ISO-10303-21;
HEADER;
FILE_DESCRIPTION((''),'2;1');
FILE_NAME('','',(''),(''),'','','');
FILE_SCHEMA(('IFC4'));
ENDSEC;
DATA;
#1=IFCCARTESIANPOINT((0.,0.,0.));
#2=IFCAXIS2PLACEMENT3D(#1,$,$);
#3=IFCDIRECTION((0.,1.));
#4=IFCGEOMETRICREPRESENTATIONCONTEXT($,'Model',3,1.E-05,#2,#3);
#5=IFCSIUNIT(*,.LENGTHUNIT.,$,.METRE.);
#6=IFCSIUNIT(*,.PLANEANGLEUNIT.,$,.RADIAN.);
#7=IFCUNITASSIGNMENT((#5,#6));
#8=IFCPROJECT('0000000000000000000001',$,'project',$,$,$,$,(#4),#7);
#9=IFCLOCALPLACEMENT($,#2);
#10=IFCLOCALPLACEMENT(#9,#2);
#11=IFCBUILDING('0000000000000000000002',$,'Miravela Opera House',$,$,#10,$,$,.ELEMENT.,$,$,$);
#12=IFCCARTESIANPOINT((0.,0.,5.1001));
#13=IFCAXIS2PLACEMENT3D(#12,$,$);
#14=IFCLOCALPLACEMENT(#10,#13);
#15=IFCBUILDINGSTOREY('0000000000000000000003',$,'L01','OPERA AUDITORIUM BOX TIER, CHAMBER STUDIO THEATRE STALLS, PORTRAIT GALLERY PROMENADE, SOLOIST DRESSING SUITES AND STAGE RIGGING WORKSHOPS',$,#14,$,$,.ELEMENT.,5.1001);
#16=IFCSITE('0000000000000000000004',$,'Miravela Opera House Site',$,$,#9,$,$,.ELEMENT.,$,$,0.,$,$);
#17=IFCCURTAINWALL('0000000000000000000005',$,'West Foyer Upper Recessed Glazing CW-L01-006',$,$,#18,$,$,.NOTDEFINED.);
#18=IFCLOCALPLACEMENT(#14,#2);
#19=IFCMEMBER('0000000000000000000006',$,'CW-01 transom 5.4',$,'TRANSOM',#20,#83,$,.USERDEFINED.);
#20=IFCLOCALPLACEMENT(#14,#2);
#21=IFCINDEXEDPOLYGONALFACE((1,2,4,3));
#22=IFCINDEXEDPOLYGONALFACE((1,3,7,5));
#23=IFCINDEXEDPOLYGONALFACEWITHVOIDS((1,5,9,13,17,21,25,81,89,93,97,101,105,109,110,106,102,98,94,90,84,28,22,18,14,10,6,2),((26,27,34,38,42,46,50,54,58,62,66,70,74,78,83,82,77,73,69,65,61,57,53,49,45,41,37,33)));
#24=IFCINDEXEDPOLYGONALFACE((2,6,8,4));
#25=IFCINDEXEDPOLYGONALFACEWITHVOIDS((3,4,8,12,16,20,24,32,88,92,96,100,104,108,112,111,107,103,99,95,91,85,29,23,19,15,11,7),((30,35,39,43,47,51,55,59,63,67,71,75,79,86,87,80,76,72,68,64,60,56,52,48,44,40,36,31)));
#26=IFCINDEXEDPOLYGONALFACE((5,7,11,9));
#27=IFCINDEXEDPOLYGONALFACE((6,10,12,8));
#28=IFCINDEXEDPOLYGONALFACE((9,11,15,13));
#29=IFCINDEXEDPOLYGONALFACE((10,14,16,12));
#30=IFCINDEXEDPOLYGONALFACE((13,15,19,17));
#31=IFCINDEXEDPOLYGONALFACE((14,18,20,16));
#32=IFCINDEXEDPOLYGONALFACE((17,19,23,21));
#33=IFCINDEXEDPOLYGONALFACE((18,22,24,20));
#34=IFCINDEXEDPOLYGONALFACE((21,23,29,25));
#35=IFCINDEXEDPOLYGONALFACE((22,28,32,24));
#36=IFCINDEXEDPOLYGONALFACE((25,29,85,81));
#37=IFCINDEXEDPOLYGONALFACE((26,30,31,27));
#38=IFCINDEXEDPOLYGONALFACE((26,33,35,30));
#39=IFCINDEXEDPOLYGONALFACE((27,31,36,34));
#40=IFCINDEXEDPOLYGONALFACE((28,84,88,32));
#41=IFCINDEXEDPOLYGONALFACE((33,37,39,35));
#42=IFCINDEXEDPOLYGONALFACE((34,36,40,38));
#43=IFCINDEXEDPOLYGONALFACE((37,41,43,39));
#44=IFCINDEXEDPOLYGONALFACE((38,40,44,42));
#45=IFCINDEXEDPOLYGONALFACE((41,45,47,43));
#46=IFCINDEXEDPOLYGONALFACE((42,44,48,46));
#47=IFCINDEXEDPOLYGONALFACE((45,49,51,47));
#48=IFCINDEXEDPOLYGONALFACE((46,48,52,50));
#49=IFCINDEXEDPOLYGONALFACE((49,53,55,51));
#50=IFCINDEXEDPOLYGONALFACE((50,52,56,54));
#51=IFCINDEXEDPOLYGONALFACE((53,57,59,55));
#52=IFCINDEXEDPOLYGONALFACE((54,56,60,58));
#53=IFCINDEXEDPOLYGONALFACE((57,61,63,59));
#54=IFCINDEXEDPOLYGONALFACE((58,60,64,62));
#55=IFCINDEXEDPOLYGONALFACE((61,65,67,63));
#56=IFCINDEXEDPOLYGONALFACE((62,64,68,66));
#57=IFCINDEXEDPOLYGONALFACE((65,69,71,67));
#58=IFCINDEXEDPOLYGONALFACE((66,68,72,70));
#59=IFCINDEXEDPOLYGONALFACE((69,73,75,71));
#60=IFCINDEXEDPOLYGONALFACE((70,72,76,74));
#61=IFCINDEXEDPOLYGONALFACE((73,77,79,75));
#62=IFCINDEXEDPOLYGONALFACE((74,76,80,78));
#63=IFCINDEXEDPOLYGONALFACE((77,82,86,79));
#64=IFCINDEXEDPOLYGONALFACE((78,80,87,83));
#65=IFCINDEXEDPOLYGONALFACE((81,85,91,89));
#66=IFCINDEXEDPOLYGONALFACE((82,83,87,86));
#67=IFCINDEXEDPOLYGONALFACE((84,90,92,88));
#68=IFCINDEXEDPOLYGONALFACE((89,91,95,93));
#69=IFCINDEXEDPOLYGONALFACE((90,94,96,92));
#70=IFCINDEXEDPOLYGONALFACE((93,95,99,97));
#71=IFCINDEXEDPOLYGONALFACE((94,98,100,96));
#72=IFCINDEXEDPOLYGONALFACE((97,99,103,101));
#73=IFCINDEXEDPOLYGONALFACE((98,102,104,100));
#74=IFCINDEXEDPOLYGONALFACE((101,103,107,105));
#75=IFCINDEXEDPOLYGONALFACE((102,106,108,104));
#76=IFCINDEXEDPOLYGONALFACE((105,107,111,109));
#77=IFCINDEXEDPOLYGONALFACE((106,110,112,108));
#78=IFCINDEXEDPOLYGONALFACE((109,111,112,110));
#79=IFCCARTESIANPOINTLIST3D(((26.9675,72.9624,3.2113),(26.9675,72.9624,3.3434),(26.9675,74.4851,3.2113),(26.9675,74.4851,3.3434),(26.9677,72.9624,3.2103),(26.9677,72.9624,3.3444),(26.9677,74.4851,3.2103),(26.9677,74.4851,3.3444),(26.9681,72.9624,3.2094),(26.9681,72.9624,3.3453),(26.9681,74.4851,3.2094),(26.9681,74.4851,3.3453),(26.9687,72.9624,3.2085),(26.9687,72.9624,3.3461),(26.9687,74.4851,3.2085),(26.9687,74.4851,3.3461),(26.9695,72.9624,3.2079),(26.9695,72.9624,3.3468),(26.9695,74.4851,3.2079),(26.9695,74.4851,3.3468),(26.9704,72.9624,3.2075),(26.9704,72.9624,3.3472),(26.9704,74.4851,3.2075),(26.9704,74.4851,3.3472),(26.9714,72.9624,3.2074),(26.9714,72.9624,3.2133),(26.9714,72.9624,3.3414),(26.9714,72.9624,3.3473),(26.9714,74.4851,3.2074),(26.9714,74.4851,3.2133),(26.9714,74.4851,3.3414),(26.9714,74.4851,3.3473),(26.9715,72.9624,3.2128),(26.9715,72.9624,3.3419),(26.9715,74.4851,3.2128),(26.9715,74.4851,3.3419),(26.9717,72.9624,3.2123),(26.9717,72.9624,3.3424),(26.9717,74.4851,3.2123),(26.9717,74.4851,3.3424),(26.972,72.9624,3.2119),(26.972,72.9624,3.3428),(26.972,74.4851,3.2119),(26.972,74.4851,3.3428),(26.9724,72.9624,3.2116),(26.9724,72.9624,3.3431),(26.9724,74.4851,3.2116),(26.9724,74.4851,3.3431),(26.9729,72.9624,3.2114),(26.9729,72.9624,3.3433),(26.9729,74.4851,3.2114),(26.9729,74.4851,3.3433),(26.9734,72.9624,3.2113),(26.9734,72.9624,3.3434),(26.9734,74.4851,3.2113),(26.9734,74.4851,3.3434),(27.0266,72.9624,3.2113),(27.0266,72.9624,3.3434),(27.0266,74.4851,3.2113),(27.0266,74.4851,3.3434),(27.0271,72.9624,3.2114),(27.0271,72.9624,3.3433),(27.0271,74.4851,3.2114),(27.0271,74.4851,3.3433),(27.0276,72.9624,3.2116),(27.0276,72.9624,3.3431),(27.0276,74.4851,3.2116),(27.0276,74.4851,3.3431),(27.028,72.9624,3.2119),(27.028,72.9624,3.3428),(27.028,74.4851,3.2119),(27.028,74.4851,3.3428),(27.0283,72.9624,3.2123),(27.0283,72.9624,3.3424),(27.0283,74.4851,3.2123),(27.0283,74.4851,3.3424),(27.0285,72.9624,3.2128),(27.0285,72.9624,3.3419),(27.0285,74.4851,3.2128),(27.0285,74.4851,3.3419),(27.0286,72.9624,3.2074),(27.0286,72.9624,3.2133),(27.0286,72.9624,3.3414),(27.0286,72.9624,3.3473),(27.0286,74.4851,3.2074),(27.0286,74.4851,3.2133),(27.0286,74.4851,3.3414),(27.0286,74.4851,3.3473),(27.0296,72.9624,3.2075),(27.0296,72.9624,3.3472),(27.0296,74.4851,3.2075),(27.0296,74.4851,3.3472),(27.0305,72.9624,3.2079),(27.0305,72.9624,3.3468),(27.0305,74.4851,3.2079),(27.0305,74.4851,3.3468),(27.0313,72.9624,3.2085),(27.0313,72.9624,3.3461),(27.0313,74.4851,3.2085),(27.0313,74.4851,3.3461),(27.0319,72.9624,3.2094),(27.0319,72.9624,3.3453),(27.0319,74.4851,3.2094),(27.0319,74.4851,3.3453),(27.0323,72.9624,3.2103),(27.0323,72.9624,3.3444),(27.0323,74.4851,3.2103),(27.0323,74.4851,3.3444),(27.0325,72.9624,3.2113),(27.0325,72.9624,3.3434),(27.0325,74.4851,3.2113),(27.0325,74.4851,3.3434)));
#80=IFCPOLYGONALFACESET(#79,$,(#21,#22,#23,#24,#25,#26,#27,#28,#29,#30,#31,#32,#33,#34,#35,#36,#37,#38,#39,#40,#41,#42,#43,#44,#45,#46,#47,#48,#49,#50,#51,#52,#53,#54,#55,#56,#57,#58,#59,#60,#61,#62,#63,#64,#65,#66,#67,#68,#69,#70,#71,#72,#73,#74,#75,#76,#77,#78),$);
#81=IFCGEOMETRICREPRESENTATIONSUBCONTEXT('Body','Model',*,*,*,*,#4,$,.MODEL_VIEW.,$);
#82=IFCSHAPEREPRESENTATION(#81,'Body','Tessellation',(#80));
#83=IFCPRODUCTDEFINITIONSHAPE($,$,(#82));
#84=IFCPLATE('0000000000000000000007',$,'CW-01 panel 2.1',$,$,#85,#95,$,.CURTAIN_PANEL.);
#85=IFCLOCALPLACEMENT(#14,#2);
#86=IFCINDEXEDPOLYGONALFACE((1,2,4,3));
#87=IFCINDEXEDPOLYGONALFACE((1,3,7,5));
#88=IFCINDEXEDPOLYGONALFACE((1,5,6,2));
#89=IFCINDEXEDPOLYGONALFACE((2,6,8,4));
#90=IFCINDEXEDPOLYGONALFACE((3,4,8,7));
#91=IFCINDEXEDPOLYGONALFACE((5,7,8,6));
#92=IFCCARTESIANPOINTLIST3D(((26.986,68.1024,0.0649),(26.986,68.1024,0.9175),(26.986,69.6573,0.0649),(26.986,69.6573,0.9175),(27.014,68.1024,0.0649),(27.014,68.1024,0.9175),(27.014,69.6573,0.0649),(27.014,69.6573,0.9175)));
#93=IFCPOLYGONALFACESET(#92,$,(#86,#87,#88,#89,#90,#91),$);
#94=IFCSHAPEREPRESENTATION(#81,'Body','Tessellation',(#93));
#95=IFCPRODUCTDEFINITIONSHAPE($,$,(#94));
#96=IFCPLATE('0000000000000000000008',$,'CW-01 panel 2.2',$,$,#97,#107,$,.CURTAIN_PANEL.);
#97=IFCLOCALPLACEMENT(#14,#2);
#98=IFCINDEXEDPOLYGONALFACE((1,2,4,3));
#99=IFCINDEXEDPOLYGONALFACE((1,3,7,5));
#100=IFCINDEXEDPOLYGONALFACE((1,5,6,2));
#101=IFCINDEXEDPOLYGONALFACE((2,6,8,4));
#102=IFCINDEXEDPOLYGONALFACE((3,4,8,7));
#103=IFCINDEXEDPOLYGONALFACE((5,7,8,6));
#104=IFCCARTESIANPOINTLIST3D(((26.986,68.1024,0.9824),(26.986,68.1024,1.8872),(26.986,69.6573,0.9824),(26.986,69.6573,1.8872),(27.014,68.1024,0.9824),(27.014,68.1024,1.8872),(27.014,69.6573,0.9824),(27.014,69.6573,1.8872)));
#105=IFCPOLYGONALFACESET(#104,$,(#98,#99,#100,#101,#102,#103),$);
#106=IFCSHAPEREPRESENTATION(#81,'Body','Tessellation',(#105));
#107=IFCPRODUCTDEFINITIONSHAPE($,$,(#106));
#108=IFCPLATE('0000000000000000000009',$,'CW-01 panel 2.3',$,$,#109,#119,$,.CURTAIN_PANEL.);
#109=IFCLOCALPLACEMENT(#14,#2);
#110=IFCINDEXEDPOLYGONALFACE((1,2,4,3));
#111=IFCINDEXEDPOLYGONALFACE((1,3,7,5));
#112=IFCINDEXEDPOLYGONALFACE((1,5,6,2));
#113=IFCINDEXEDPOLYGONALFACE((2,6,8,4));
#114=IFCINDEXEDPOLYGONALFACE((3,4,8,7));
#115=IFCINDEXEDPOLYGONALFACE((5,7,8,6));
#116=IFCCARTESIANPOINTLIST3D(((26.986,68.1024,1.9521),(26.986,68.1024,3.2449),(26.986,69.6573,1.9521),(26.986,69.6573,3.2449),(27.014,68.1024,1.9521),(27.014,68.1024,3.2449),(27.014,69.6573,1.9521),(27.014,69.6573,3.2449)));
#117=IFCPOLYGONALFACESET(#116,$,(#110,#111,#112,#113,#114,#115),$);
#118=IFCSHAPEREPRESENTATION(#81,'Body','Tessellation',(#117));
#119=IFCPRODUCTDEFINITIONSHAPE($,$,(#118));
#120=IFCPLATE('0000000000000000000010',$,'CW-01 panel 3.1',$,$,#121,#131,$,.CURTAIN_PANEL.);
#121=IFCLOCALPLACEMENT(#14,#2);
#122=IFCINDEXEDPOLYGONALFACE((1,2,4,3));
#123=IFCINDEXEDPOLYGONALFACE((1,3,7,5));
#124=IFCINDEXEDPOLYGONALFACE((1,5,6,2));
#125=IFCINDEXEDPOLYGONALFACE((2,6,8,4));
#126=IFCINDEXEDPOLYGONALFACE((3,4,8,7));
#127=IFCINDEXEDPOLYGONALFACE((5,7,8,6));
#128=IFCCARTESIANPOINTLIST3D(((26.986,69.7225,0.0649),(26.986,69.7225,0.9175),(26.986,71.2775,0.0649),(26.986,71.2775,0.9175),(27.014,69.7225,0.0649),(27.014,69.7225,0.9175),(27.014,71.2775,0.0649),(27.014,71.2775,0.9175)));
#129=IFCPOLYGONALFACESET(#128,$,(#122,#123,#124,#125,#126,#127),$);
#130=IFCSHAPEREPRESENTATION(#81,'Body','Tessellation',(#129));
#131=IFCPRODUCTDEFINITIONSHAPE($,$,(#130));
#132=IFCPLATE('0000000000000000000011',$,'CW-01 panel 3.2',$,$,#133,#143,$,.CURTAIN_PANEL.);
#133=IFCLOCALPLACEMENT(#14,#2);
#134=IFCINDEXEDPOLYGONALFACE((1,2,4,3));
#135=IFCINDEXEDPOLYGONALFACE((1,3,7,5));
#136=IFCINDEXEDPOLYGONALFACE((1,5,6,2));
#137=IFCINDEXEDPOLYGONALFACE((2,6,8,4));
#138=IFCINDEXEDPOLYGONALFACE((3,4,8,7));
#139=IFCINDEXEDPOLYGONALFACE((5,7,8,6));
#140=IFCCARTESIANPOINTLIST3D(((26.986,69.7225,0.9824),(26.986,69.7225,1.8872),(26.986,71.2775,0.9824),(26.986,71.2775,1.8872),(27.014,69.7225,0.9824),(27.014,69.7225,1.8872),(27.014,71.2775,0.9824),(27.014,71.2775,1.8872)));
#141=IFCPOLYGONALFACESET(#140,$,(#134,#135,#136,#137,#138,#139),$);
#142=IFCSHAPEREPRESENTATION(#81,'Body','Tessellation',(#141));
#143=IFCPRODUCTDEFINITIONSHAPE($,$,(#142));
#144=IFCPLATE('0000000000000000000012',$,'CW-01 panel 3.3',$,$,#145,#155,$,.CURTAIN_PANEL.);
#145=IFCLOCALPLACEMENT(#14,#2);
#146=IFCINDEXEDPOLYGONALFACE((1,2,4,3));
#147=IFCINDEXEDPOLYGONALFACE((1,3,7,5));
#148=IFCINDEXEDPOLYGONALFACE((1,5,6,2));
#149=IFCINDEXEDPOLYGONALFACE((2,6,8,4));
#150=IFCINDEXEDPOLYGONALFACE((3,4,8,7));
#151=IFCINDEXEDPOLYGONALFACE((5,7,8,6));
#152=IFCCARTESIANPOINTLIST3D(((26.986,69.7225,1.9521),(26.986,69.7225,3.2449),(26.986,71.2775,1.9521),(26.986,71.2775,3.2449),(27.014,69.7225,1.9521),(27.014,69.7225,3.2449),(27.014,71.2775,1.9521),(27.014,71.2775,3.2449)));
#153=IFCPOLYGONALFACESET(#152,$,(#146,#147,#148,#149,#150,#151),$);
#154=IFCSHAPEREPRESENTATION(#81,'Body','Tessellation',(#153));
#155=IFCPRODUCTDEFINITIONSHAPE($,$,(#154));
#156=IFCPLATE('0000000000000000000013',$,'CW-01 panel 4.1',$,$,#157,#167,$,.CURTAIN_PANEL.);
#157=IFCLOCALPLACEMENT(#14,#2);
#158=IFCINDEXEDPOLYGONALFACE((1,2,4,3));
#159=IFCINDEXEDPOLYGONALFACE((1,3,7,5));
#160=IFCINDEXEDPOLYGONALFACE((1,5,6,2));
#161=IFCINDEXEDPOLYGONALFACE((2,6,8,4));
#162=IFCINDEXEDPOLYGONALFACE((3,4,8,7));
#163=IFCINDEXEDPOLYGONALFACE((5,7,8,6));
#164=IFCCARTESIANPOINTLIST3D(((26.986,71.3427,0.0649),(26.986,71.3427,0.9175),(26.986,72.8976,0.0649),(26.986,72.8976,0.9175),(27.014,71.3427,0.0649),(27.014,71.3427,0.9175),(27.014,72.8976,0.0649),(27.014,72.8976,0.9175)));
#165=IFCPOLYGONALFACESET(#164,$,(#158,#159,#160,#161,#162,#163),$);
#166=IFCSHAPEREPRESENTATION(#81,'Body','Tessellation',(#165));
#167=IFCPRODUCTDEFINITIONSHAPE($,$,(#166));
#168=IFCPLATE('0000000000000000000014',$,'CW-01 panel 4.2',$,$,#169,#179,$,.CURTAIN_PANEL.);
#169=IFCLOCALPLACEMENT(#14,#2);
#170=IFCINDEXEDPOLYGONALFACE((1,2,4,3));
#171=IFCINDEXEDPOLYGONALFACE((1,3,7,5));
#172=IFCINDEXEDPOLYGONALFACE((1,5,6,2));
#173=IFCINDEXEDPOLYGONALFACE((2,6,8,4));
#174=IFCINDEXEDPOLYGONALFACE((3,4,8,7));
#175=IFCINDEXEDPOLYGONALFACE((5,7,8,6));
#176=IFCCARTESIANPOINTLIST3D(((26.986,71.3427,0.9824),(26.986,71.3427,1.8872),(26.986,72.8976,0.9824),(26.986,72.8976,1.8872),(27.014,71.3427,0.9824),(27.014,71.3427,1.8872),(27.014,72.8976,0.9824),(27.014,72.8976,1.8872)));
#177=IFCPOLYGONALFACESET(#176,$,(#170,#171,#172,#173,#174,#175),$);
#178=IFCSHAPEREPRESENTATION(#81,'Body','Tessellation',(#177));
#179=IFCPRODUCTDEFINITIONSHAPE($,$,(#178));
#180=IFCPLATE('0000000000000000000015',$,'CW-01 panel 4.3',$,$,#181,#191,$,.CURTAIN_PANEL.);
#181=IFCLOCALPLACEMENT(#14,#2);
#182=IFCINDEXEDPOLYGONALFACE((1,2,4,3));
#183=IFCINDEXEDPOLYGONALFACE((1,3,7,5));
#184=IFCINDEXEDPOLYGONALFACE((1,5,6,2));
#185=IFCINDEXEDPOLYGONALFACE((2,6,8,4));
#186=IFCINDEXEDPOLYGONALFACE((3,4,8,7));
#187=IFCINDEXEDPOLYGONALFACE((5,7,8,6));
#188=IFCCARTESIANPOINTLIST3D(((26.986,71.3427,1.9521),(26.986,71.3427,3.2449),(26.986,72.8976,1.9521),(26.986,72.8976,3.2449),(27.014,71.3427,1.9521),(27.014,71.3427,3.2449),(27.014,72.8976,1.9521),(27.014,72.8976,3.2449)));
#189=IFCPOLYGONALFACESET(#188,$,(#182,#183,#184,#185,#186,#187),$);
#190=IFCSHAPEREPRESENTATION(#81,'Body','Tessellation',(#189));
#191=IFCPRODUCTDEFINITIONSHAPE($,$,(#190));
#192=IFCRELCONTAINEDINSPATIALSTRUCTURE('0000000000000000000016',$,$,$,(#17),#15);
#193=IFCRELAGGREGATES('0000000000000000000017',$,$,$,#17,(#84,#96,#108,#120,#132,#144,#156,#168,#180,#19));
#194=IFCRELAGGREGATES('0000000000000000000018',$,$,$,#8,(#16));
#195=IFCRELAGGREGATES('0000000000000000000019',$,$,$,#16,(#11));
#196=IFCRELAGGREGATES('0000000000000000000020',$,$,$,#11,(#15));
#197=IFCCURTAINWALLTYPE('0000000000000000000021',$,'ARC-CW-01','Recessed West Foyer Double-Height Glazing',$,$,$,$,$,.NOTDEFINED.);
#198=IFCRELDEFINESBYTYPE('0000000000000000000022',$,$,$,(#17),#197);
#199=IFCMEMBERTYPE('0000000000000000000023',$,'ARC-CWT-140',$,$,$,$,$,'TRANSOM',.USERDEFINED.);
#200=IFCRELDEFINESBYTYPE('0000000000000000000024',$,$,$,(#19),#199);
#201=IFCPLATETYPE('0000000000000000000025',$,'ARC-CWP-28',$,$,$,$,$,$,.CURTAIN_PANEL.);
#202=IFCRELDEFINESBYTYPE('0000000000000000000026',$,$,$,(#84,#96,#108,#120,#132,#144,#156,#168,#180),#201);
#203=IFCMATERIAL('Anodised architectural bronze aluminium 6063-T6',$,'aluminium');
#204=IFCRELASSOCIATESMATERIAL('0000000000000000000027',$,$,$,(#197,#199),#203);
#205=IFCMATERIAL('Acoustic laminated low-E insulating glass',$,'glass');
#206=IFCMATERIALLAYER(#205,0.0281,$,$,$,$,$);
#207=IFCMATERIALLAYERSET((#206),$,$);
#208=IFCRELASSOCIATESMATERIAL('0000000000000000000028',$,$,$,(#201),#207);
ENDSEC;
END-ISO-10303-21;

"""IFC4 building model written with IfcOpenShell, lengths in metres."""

from ifc_helpers import new_model, si_unit, direction, frame, origin, origin_2d, place, context, subcontext, project, spatial, rectangle, hollow_rectangle, extrude, material, layer, layer_set, material_profile, profile_set, type_object, element, aggregate, save


model = new_model("IFC4")

# Units and contexts
model_context = context("Model", 3, precision=1e-05, world=origin(), true_north=direction((0.0, 1.0)))
body_context = subcontext(model_context, "Body", "Model", "MODEL_VIEW")
ifc_project = project(units=[si_unit("LENGTHUNIT", "METRE"), si_unit("PLANEANGLEUNIT", "RADIAN")], contexts=[model_context])

# Site, building, storey
site_placement = place(None, origin())
site = spatial("IfcSite", under=ifc_project, at=site_placement, Name="Miravela Opera House Site", CompositionType="ELEMENT", RefElevation=0.0)
building_placement = place(site_placement, origin())
building = spatial("IfcBuilding", under=site, at=building_placement, Name="Miravela Opera House", CompositionType="ELEMENT")
storey_placement = place(building_placement, frame((0.0, 0.0, 5.1001)))
storey = spatial("IfcBuildingStorey", under=building, at=storey_placement, Name="L01", Description="OPERA AUDITORIUM BOX TIER, CHAMBER STUDIO THEATRE STALLS, PORTRAIT GALLERY PROMENADE, SOLOIST DRESSING SUITES AND STAGE RIGGING WORKSHOPS", CompositionType="ELEMENT", Elevation=5.1001)

# Curtain wall, member, plates
ifc_material_1 = material(Name="Anodised architectural bronze aluminium 6063-T6", Category="aluminium")
curtain_wall_type = type_object("IfcCurtainWallType", Name="ARC-CW-01", Description="Recessed West Foyer Double-Height Glazing", PredefinedType="NOTDEFINED", material=ifc_material_1)
curtain_wall_placement = place(storey_placement, origin())
curtain_wall = element("IfcCurtainWall", 1, at=curtain_wall_placement, inside=storey, type_object=curtain_wall_type, Name="West Foyer Upper Recessed Glazing CW-L01-006", PredefinedType="NOTDEFINED")
ifc_material_profile_1 = material_profile(ifc_material_1, hollow_rectangle(XDim=0.0649, YDim=0.1399, WallThickness=0.0039, InnerFilletRadius=0.002, OuterFilletRadius=0.0039, at=origin_2d()), Name="CWT-65X140")
ifc_profile_set_1 = profile_set([ifc_material_profile_1])
member_type_1 = type_object("IfcMemberType", Name="ARC-CWT-140", ElementType="TRANSOM", PredefinedType="USERDEFINED", material=ifc_profile_set_1)
member_1_placement = place(storey_placement, frame((27.0, 72.9624, 3.2773), z_axis=(0.0, 1.0, 0.0), x_axis=(-1.0, 0.0, 0.0)))
member_1 = element("IfcMember", 2, at=member_1_placement, type_object=member_type_1, Name="CW-01 transom 5.4", ObjectType="TRANSOM", PredefinedType="USERDEFINED", context=body_context, shape_type="SweptSolid", body=[
    extrude(hollow_rectangle(XDim=0.0649, YDim=0.1399, WallThickness=0.0039, InnerFilletRadius=0.002, OuterFilletRadius=0.0039, at=origin_2d()), origin(), (0.0, 0.0, 1.0), 1.5227),
])
ifc_material_2 = material(Name="Acoustic laminated low-E insulating glass", Category="glass")
ifc_layer = layer(ifc_material_2, 0.0281)
ifc_layer_set = layer_set([ifc_layer])
plate_type = type_object("IfcPlateType", Name="ARC-CWP-28", PredefinedType="CURTAIN_PANEL", material=ifc_layer_set)
plate_1_placement = place(storey_placement, frame((27.0, 68.8799, 0.0649), z_axis=(0.0, 0.0, 1.0), x_axis=(0.0, 1.0, 0.0)))
plate_1 = element("IfcPlate", 3, at=plate_1_placement, type_object=plate_type, Name="CW-01 panel 2.1", PredefinedType="CURTAIN_PANEL", context=body_context, shape_type="SweptSolid", body=[
    extrude(rectangle(XDim=1.5549, YDim=0.0281, at=origin_2d()), origin(), (0.0, 0.0, 1.0), 0.8525),
])
plate_2_placement = place(storey_placement, frame((27.0, 68.8799, 0.9824), z_axis=(0.0, 0.0, 1.0), x_axis=(0.0, 1.0, 0.0)))
plate_2 = element("IfcPlate", 4, at=plate_2_placement, type_object=plate_type, Name="CW-01 panel 2.2", PredefinedType="CURTAIN_PANEL", context=body_context, shape_type="SweptSolid", body=[
    extrude(rectangle(XDim=1.5549, YDim=0.0281, at=origin_2d()), origin(), (0.0, 0.0, 1.0), 0.9048),
])
plate_3_placement = place(storey_placement, frame((27.0, 68.8799, 1.9521), z_axis=(0.0, 0.0, 1.0), x_axis=(0.0, 1.0, 0.0)))
plate_3 = element("IfcPlate", 5, at=plate_3_placement, type_object=plate_type, Name="CW-01 panel 2.3", PredefinedType="CURTAIN_PANEL", context=body_context, shape_type="SweptSolid", body=[
    extrude(rectangle(XDim=1.5549, YDim=0.0281, at=origin_2d()), origin(), (0.0, 0.0, 1.0), 1.2927),
])
plate_4_placement = place(storey_placement, frame((27.0, 70.5, 0.0649), z_axis=(0.0, 0.0, 1.0), x_axis=(0.0, 1.0, 0.0)))
plate_4 = element("IfcPlate", 6, at=plate_4_placement, type_object=plate_type, Name="CW-01 panel 3.1", PredefinedType="CURTAIN_PANEL", context=body_context, shape_type="SweptSolid", body=[
    extrude(rectangle(XDim=1.5549, YDim=0.0281, at=origin_2d()), origin(), (0.0, 0.0, 1.0), 0.8525),
])
plate_5_placement = place(storey_placement, frame((27.0, 70.5, 0.9824), z_axis=(0.0, 0.0, 1.0), x_axis=(0.0, 1.0, 0.0)))
plate_5 = element("IfcPlate", 7, at=plate_5_placement, type_object=plate_type, Name="CW-01 panel 3.2", PredefinedType="CURTAIN_PANEL", context=body_context, shape_type="SweptSolid", body=[
    extrude(rectangle(XDim=1.5549, YDim=0.0281, at=origin_2d()), origin(), (0.0, 0.0, 1.0), 0.9048),
])
plate_6_placement = place(storey_placement, frame((27.0, 70.5, 1.9521), z_axis=(0.0, 0.0, 1.0), x_axis=(0.0, 1.0, 0.0)))
plate_6 = element("IfcPlate", 8, at=plate_6_placement, type_object=plate_type, Name="CW-01 panel 3.3", PredefinedType="CURTAIN_PANEL", context=body_context, shape_type="SweptSolid", body=[
    extrude(rectangle(XDim=1.5549, YDim=0.0281, at=origin_2d()), origin(), (0.0, 0.0, 1.0), 1.2927),
])
plate_7_placement = place(storey_placement, frame((27.0, 72.1201, 0.0649), z_axis=(0.0, 0.0, 1.0), x_axis=(0.0, 1.0, 0.0)))
plate_7 = element("IfcPlate", 9, at=plate_7_placement, type_object=plate_type, Name="CW-01 panel 4.1", PredefinedType="CURTAIN_PANEL", context=body_context, shape_type="SweptSolid", body=[
    extrude(rectangle(XDim=1.5549, YDim=0.0281, at=origin_2d()), origin(), (0.0, 0.0, 1.0), 0.8525),
])
plate_8_placement = place(storey_placement, frame((27.0, 72.1201, 0.9824), z_axis=(0.0, 0.0, 1.0), x_axis=(0.0, 1.0, 0.0)))
plate_8 = element("IfcPlate", 10, at=plate_8_placement, type_object=plate_type, Name="CW-01 panel 4.2", PredefinedType="CURTAIN_PANEL", context=body_context, shape_type="SweptSolid", body=[
    extrude(rectangle(XDim=1.5549, YDim=0.0281, at=origin_2d()), origin(), (0.0, 0.0, 1.0), 0.9048),
])
plate_9_placement = place(storey_placement, frame((27.0, 72.1201, 1.9521), z_axis=(0.0, 0.0, 1.0), x_axis=(0.0, 1.0, 0.0)))
plate_9 = element("IfcPlate", 11, at=plate_9_placement, type_object=plate_type, Name="CW-01 panel 4.3", PredefinedType="CURTAIN_PANEL", context=body_context, shape_type="SweptSolid", body=[
    extrude(rectangle(XDim=1.5549, YDim=0.0281, at=origin_2d()), origin(), (0.0, 0.0, 1.0), 1.2927),
])
aggregate(curtain_wall, [plate_1, plate_2, plate_3, plate_4, plate_5, plate_6, plate_7, plate_8, plate_9, member_1])

save(model, "model.ifc")
